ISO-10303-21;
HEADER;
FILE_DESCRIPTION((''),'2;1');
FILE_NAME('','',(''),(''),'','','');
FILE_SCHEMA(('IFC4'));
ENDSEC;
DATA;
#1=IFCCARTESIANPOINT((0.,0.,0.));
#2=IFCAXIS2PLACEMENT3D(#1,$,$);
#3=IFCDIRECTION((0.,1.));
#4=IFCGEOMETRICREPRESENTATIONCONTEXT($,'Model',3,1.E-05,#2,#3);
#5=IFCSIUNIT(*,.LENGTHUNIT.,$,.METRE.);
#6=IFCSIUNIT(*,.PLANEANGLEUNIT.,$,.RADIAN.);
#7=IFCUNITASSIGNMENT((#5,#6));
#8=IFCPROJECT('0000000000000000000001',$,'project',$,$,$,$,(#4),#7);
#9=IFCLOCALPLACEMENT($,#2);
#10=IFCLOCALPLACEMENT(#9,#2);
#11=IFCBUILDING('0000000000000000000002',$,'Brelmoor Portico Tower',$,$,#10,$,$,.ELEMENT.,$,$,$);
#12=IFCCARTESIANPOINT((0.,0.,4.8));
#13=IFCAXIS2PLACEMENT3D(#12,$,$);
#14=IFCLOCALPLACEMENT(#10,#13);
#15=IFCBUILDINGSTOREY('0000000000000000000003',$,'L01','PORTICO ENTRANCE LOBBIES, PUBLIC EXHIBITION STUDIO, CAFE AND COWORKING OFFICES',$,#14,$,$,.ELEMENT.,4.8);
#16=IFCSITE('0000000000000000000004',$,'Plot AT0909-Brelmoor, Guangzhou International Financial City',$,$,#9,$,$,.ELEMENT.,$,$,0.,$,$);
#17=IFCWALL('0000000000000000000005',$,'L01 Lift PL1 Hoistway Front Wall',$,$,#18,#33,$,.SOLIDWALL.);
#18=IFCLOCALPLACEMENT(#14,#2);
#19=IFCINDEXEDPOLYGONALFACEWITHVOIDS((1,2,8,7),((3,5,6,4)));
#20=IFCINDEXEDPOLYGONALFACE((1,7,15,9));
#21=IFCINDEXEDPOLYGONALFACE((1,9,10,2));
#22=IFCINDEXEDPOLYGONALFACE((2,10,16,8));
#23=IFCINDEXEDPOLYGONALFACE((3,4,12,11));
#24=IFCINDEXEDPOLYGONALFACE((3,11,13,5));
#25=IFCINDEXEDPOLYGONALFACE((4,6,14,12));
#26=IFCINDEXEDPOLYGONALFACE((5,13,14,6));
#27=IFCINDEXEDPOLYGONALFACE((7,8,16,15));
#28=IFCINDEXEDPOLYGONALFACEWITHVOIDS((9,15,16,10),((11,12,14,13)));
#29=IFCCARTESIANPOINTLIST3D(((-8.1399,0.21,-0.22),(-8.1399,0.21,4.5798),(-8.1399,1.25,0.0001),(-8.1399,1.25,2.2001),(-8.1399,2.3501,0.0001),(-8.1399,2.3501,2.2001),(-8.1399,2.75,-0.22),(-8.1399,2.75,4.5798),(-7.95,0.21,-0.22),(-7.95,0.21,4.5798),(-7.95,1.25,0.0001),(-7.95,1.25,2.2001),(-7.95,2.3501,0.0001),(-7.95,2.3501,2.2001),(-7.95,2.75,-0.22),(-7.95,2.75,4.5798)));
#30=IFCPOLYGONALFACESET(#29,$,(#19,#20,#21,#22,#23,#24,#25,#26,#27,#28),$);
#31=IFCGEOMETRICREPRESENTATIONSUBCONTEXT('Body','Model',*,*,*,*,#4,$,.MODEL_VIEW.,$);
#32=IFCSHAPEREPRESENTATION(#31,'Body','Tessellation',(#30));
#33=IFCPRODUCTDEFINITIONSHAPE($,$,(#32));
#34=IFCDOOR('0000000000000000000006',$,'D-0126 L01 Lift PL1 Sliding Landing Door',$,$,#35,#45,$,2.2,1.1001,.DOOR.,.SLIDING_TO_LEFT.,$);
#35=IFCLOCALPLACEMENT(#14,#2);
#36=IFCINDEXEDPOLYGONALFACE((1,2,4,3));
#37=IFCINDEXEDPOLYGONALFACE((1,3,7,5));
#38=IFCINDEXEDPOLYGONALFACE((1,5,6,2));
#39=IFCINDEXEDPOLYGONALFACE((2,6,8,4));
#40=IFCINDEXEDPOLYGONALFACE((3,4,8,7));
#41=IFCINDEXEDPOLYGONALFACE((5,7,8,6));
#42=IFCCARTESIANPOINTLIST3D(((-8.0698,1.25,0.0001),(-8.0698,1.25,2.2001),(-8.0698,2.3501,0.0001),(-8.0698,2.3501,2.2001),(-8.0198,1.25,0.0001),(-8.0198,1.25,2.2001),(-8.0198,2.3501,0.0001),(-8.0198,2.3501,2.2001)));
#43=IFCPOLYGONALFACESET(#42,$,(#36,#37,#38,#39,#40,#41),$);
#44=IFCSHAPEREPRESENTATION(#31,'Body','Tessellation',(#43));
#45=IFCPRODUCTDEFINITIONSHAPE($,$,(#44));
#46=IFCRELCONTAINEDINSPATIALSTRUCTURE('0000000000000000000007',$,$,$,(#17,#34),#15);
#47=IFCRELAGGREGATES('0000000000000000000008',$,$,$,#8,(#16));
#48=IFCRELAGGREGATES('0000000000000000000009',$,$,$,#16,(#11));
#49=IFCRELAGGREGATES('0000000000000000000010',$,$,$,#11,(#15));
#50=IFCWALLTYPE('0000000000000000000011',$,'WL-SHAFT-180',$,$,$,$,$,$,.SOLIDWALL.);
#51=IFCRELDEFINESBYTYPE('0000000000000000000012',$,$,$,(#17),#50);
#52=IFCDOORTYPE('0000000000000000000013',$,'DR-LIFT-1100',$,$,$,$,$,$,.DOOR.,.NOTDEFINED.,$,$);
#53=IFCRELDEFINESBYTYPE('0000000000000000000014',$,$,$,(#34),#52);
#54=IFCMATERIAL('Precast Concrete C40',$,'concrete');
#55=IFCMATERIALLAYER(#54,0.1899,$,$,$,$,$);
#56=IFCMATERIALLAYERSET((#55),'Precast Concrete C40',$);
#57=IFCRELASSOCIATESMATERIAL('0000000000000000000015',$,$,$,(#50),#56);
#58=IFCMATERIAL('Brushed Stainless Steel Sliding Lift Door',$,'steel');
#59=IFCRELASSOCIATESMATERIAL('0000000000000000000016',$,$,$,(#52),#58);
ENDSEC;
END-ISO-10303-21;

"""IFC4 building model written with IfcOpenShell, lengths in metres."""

from ifc_helpers import new_model, si_unit, direction, frame, frame_2d, origin, place, context, subcontext, project, spatial, rectangle, extrude, material, layer, layer_set, type_object, element, fill, save


model = new_model("IFC4")

# Units and contexts
model_context = context("Model", 3, precision=1e-05, world=origin(), true_north=direction((0.0, 1.0)))
body_context = subcontext(model_context, "Body", "Model", "MODEL_VIEW")
ifc_project = project(units=[si_unit("LENGTHUNIT", "METRE"), si_unit("PLANEANGLEUNIT", "RADIAN")], contexts=[model_context])

# Site, building, storey
site_placement = place(None, origin())
site = spatial("IfcSite", under=ifc_project, at=site_placement, Name="Plot AT0909-Brelmoor, Guangzhou International Financial City", CompositionType="ELEMENT", RefElevation=0.0)
building_placement = place(site_placement, origin())
building = spatial("IfcBuilding", under=site, at=building_placement, Name="Brelmoor Portico Tower", CompositionType="ELEMENT")
storey_placement = place(building_placement, frame((0.0, 0.0, 4.8)))
storey = spatial("IfcBuildingStorey", under=building, at=storey_placement, Name="L01", Description="PORTICO ENTRANCE LOBBIES, PUBLIC EXHIBITION STUDIO, CAFE AND COWORKING OFFICES", CompositionType="ELEMENT", Elevation=4.8)

# Wall, opening, door
ifc_material_1 = material(Name="Precast Concrete C40", Category="concrete")
ifc_layer_1 = layer(ifc_material_1, 0.1899)
ifc_layer_set_1 = layer_set([ifc_layer_1], Name="Precast Concrete C40")
wall_type_1 = type_object("IfcWallType", Name="WL-SHAFT-180", PredefinedType="SOLIDWALL", material=ifc_layer_set_1)
wall_1_placement = place(storey_placement, frame((-8.0449, 0.21, -0.22), z_axis=(0.0, 0.0, 1.0), x_axis=(0.0, 1.0, 0.0)))
wall_1 = element("IfcWall", 1, at=wall_1_placement, inside=storey, type_object=wall_type_1, Name="L01 Lift PL1 Hoistway Front Wall", PredefinedType="SOLIDWALL", context=body_context, shape_type="SweptSolid", body=[
    extrude(rectangle(XDim=2.54, YDim=0.1899, at=frame_2d((1.27, 0.0))), origin(), (0.0, 0.0, 1.0), 4.7998),
])
opening_1_placement = place(wall_1_placement, frame((1.04, 0.0, 0.22)))
opening_1 = element("IfcOpeningElement", 2, at=opening_1_placement, cuts=wall_1, PredefinedType="OPENING", context=body_context, shape_type="SweptSolid", body=[
    extrude(rectangle(XDim=1.1001, YDim=2.2, at=frame_2d((0.55, 1.1001))), frame((0.0, 0.105, 0.0), z_axis=(0.0, -1.0, 0.0), x_axis=(1.0, 0.0, 0.0)), (0.0, 0.0, 1.0), 0.21),
])
ifc_material_2 = material(Name="Brushed Stainless Steel Sliding Lift Door", Category="steel")
door_type_1 = type_object("IfcDoorType", Name="DR-LIFT-1100", OperationType="NOTDEFINED", PredefinedType="DOOR", material=ifc_material_2)
door_1_placement = place(opening_1_placement, origin())
door_1 = element("IfcDoor", 3, at=door_1_placement, inside=storey, type_object=door_type_1, Name="D-0126 L01 Lift PL1 Sliding Landing Door", OperationType="SLIDING_TO_LEFT", OverallHeight=2.2, OverallWidth=1.1001, PredefinedType="DOOR", context=body_context, shape_type="SweptSolid", body=[
    extrude(rectangle(XDim=1.1001, YDim=2.2, at=frame_2d((0.55, 1.1001))), frame((0.0, 0.0249, 0.0), z_axis=(0.0, -1.0, 0.0), x_axis=(1.0, 0.0, 0.0)), (0.0, 0.0, 1.0), 0.05),
])
fill(opening_1, door_1)

save(model, "model.ifc")
